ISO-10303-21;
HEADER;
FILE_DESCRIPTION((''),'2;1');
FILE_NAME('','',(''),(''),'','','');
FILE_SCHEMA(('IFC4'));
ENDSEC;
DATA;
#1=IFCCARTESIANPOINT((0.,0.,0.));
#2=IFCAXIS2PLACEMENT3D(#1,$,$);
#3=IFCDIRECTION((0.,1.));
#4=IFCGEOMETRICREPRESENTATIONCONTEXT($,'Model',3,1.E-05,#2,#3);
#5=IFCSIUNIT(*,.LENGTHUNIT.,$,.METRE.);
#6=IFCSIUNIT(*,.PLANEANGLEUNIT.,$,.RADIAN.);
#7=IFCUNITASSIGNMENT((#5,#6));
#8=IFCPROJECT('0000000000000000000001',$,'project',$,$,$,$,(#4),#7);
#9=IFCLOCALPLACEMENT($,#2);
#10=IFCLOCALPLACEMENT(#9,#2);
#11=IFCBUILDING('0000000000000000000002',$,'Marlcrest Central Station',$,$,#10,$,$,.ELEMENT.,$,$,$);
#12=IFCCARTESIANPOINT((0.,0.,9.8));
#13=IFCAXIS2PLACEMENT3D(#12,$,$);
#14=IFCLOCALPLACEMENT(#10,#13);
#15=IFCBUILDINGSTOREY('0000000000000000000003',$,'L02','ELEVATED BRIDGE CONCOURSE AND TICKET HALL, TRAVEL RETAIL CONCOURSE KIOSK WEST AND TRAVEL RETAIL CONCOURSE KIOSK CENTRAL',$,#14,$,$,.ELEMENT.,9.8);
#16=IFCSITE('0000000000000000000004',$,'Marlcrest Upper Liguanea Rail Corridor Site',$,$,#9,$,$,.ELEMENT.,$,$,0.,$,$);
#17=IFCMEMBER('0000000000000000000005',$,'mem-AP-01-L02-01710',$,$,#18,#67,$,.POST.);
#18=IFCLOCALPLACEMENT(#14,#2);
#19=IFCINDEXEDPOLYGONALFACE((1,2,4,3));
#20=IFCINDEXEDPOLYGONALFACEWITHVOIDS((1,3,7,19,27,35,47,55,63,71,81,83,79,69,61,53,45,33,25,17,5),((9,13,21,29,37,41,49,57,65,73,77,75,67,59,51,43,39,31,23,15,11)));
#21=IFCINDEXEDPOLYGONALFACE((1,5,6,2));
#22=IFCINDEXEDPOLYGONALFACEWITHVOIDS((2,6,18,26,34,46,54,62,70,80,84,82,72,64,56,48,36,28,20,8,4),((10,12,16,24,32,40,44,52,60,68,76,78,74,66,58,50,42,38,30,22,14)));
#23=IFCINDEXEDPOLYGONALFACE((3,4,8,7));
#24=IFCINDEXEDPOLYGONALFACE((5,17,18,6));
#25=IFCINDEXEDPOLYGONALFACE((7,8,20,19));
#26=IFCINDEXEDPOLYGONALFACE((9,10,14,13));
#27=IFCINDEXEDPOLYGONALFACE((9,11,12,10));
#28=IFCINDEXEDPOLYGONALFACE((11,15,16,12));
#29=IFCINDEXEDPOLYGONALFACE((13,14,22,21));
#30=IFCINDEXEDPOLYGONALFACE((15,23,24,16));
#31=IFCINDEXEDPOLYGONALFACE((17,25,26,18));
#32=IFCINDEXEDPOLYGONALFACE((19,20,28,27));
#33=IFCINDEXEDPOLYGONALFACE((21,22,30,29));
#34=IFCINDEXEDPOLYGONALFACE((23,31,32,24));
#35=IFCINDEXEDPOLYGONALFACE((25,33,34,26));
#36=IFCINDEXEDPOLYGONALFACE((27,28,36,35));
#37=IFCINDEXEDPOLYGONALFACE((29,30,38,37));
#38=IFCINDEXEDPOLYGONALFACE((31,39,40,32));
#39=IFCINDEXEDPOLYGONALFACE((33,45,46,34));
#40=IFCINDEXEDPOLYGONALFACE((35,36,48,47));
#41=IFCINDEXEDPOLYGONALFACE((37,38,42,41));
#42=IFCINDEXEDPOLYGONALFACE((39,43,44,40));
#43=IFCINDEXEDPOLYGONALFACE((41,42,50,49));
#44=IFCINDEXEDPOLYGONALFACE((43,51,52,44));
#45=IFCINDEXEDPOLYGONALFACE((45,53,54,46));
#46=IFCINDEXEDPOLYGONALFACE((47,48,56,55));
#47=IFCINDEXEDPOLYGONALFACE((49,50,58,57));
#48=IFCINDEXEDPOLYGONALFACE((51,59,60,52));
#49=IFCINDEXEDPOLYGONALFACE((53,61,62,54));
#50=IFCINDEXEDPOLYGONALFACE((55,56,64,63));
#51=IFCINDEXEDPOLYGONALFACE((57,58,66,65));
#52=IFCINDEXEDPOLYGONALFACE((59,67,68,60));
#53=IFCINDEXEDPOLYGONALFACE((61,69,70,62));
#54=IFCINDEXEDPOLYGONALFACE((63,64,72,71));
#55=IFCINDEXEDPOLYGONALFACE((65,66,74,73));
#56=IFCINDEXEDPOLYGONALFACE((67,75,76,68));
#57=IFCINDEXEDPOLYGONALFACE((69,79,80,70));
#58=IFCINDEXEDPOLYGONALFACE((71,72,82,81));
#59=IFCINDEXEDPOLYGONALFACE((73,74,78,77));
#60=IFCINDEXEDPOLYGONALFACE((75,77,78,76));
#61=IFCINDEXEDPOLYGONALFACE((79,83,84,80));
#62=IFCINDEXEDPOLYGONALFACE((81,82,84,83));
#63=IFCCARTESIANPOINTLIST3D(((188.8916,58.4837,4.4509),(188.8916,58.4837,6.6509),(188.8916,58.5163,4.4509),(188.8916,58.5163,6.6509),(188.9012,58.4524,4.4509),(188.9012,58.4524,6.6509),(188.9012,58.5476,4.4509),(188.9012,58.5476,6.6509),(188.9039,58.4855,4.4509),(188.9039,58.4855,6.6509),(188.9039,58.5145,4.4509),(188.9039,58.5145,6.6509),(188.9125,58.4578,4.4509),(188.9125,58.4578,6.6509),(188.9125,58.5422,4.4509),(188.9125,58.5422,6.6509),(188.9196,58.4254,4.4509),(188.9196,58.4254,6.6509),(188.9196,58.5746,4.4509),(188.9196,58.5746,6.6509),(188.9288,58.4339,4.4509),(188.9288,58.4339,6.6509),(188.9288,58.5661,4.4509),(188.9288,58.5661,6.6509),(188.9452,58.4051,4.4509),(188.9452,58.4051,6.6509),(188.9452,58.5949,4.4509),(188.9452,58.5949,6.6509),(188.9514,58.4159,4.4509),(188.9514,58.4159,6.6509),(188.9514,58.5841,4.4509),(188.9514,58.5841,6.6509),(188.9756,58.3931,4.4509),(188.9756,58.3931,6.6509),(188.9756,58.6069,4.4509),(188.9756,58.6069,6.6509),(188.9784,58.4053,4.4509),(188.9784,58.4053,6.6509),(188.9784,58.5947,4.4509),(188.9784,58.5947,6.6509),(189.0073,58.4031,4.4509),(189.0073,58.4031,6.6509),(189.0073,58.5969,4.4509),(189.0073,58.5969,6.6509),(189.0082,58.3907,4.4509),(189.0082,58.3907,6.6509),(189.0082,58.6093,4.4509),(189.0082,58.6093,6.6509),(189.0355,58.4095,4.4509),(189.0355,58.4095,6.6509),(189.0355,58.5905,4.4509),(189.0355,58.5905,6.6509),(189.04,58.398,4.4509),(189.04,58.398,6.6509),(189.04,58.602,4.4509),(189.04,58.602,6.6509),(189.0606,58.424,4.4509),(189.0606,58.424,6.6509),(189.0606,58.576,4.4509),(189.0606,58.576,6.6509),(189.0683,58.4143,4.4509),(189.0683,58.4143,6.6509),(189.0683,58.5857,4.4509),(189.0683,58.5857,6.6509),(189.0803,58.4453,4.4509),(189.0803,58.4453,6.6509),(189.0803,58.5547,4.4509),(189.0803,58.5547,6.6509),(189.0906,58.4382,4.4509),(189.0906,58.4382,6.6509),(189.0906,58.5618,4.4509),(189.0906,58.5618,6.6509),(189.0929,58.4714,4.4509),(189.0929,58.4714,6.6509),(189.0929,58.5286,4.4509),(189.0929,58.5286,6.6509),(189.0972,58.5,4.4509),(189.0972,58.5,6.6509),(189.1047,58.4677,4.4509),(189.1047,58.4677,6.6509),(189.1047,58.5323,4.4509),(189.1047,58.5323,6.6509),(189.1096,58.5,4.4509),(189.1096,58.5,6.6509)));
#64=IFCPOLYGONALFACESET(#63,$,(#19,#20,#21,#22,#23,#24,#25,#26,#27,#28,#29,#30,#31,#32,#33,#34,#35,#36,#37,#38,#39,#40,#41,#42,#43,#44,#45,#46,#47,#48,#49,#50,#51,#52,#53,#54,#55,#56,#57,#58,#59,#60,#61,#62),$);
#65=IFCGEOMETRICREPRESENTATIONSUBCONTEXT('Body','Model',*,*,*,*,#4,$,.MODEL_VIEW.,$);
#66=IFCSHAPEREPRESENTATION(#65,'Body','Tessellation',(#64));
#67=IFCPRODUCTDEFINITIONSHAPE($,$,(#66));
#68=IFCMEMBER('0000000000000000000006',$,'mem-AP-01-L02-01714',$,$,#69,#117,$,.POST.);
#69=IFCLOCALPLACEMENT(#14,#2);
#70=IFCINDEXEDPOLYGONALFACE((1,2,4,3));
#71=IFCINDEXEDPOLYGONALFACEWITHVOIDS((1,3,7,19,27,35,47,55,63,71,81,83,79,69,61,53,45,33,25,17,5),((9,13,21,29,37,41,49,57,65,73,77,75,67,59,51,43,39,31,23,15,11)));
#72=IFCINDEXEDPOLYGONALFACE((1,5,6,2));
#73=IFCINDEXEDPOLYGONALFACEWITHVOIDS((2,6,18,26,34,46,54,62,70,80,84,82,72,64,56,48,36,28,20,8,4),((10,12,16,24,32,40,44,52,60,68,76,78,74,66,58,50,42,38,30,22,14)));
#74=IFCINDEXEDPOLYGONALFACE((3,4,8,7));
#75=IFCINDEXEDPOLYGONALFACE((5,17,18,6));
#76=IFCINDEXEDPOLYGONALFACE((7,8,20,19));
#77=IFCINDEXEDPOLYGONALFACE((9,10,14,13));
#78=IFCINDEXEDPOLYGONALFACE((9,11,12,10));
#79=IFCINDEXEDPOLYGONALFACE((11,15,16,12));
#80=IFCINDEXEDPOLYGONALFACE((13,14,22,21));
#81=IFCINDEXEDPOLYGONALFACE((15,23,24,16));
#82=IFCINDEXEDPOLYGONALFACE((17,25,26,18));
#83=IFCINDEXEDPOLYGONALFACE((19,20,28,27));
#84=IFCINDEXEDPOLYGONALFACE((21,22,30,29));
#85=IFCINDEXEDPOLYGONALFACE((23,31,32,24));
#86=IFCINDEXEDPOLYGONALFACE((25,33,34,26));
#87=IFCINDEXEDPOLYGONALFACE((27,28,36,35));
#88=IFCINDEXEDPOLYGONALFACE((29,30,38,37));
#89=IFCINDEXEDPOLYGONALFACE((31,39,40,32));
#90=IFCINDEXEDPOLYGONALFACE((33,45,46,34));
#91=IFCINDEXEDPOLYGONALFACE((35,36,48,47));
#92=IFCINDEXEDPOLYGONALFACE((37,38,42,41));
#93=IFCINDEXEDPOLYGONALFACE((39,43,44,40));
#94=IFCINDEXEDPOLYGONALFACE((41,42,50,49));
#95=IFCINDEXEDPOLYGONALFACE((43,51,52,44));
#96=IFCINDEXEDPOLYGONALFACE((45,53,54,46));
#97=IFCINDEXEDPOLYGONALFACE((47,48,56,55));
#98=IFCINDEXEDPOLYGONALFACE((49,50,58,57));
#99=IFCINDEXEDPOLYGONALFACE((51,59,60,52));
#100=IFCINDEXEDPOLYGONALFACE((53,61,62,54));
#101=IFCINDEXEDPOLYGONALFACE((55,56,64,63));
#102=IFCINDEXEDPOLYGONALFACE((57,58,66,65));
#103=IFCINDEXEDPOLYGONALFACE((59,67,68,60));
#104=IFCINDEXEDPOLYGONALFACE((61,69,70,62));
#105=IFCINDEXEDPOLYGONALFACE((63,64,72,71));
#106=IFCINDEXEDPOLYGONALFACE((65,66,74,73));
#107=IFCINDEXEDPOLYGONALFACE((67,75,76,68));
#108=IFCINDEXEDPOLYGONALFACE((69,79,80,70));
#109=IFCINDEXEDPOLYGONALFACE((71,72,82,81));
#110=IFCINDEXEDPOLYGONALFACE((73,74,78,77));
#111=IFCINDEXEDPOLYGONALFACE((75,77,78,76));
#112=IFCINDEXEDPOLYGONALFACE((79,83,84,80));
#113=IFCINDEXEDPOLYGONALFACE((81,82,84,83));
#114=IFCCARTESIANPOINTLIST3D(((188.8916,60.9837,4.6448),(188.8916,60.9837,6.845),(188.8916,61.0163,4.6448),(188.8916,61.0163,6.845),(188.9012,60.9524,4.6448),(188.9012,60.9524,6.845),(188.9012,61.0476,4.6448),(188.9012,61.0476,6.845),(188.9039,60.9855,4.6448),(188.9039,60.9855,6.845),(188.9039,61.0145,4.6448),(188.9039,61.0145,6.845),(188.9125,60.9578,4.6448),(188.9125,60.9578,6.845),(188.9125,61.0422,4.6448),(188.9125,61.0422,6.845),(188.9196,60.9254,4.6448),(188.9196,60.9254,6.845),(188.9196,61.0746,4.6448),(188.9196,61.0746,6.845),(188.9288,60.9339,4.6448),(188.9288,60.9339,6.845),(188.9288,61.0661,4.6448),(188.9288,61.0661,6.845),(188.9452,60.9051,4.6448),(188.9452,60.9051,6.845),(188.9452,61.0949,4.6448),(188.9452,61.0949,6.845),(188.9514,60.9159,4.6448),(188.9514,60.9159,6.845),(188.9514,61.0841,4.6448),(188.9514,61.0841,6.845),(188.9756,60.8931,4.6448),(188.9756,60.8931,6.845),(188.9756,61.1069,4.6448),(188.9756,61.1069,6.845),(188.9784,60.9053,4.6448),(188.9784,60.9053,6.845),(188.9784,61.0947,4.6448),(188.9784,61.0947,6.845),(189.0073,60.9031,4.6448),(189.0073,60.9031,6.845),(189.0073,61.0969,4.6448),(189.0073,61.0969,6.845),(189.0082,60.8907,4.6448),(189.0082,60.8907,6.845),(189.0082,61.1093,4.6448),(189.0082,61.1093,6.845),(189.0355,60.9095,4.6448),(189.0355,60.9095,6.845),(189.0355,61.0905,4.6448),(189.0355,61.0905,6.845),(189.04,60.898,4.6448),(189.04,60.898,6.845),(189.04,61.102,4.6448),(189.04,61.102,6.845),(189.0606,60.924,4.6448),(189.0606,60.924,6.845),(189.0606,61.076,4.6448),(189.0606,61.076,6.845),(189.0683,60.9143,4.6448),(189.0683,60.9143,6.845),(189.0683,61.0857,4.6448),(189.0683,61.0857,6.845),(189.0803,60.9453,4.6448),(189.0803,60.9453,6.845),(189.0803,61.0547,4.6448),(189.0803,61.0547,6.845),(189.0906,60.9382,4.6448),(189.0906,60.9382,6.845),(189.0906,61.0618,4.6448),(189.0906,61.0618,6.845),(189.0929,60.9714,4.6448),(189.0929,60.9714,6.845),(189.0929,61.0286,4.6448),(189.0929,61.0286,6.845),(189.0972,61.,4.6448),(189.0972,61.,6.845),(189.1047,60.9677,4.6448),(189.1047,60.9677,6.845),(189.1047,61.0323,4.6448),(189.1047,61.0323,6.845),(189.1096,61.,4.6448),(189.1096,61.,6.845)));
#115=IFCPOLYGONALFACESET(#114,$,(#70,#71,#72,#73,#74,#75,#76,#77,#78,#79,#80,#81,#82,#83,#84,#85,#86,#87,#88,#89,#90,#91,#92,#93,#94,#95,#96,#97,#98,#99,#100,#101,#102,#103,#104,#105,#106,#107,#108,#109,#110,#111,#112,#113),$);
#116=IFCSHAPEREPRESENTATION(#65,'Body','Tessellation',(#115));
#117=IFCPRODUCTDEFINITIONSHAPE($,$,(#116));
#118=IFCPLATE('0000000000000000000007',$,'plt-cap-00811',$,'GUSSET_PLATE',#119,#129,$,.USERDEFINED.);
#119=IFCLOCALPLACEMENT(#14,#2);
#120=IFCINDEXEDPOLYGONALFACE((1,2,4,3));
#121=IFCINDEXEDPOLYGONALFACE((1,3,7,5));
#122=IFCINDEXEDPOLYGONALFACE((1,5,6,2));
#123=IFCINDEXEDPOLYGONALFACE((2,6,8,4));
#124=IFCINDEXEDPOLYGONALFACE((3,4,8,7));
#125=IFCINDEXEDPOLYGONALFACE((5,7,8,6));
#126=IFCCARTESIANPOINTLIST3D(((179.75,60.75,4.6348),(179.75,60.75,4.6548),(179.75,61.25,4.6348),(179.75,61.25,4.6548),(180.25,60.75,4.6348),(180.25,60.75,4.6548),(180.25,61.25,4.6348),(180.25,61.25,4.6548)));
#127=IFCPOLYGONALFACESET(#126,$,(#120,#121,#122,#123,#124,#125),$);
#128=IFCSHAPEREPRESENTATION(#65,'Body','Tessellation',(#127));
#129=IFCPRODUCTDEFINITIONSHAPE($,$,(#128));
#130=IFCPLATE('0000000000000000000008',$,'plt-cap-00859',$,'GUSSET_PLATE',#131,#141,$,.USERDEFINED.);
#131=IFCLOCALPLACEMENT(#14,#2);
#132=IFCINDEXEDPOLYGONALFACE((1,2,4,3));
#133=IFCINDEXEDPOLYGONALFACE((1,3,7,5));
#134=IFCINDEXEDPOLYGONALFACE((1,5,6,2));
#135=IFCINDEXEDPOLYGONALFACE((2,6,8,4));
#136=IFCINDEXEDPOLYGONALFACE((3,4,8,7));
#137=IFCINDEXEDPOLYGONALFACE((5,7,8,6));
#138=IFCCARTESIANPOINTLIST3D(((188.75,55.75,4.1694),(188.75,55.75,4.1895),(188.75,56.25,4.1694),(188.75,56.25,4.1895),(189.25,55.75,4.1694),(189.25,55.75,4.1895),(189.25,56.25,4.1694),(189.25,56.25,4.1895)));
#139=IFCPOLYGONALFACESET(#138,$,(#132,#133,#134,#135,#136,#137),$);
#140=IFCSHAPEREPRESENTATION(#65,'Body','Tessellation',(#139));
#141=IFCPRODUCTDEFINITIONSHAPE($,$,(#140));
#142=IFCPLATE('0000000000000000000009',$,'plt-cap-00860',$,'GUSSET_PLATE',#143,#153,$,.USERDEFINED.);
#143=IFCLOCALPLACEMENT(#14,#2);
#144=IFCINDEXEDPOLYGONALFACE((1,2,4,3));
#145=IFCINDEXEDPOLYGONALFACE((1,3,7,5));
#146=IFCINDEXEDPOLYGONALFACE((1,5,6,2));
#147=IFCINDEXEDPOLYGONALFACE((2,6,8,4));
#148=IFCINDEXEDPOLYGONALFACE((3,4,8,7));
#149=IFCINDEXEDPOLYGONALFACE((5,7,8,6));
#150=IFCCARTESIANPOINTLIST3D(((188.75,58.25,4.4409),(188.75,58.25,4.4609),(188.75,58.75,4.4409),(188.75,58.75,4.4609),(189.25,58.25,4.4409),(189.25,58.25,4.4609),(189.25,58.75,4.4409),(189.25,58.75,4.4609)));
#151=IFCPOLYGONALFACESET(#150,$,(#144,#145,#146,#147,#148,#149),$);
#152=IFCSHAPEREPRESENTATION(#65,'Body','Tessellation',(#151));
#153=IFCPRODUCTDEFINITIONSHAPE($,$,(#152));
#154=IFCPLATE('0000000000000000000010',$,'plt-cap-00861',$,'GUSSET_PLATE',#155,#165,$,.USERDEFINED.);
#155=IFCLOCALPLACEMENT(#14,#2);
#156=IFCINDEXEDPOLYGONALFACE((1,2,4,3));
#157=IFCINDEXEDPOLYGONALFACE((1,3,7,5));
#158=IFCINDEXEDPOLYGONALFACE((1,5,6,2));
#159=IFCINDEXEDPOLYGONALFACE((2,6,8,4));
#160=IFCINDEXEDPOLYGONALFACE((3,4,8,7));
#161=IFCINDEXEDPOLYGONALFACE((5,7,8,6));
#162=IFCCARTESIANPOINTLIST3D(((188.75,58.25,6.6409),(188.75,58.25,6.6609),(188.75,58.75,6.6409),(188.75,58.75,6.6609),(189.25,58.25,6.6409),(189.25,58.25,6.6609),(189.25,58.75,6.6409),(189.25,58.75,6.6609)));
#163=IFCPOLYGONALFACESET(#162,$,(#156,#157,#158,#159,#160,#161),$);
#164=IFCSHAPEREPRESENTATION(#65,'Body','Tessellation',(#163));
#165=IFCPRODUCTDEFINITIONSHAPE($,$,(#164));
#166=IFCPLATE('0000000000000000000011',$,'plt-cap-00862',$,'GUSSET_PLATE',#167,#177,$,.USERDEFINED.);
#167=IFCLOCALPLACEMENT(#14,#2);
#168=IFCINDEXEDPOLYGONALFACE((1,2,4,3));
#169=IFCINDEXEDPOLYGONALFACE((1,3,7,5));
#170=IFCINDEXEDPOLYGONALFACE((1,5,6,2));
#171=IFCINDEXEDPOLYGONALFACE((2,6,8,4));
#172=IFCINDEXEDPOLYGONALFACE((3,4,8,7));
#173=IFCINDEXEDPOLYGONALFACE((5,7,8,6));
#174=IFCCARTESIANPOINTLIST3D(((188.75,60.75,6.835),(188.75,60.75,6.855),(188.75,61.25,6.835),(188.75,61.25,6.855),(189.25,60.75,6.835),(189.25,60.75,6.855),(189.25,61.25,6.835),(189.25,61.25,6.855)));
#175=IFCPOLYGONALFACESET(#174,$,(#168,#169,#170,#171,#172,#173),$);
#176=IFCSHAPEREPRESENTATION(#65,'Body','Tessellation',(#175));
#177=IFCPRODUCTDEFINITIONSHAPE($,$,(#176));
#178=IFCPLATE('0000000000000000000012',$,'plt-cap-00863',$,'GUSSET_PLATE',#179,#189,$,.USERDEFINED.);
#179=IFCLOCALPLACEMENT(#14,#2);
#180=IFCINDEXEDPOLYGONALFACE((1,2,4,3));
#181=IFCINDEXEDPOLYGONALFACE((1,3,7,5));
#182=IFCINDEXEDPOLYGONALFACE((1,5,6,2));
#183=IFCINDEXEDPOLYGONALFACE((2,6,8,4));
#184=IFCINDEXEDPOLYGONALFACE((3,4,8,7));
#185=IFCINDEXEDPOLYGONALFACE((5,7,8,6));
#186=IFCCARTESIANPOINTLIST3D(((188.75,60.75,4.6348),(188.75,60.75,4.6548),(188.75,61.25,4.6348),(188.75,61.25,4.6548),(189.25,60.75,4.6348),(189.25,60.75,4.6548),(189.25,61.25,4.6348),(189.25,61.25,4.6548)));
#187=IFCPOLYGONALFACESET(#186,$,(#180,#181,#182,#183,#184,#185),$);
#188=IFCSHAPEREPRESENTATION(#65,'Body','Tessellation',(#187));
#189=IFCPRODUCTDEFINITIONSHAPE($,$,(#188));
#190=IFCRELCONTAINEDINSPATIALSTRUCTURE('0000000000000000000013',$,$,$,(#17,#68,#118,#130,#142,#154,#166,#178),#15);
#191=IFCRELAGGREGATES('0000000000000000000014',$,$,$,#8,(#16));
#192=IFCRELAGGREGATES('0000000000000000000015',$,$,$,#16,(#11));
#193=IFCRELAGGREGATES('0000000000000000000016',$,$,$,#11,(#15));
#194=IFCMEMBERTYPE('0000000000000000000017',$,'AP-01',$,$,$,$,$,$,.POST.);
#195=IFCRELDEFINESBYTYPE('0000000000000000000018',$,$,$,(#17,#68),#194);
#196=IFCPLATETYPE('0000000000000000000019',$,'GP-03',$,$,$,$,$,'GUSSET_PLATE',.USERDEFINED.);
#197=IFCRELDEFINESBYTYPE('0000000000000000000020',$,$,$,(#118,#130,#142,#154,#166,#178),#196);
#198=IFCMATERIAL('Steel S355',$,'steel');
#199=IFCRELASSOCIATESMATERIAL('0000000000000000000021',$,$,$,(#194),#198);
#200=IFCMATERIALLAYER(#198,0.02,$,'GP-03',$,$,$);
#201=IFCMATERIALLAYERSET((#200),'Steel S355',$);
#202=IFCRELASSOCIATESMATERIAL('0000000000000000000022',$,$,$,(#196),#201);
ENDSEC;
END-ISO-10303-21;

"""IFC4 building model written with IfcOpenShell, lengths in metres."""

from ifc_helpers import new_model, si_unit, direction, frame, origin, origin_2d, place, context, subcontext, project, spatial, rectangle, hollow_circle, extrude, material, layer, layer_set, material_profile, profile_set, type_object, element, save


model = new_model("IFC4")

# Units and contexts
model_context = context("Model", 3, precision=1e-05, world=origin(), true_north=direction((0.0, 1.0)))
body_context = subcontext(model_context, "Body", "Model", "MODEL_VIEW")
ifc_project = project(units=[si_unit("LENGTHUNIT", "METRE"), si_unit("PLANEANGLEUNIT", "RADIAN")], contexts=[model_context])

# Site, building, storey
site_placement = place(None, origin())
site = spatial("IfcSite", under=ifc_project, at=site_placement, Name="Marlcrest Upper Liguanea Rail Corridor Site", CompositionType="ELEMENT", RefElevation=0.0)
building_placement = place(site_placement, origin())
building = spatial("IfcBuilding", under=site, at=building_placement, Name="Marlcrest Central Station", CompositionType="ELEMENT")
storey_placement = place(building_placement, frame((0.0, 0.0, 9.8)))
storey = spatial("IfcBuildingStorey", under=building, at=storey_placement, Name="L02", Description="ELEVATED BRIDGE CONCOURSE AND TICKET HALL, TRAVEL RETAIL CONCOURSE KIOSK WEST AND TRAVEL RETAIL CONCOURSE KIOSK CENTRAL", CompositionType="ELEMENT", Elevation=9.8)

# Members
ifc_material = material(Name="Steel S355", Category="steel")
ifc_material_profile_1 = material_profile(ifc_material, hollow_circle(Radius=0.1096, WallThickness=0.0125, at=origin_2d()), Name="CHS 219.1x12.5")
ifc_profile_set_1 = profile_set([ifc_material_profile_1], Name="Steel S355")
member_type_1 = type_object("IfcMemberType", Name="AP-01", PredefinedType="POST", material=ifc_profile_set_1)
member_1_placement = place(storey_placement, frame((189.0, 58.5, 4.4509), z_axis=(0.0, 0.0, 1.0), x_axis=(1.0, 0.0, 0.0)))
element("IfcMember", 1, at=member_1_placement, inside=storey, type_object=member_type_1, Name="mem-AP-01-L02-01710", PredefinedType="POST", context=body_context, shape_type="SweptSolid", body=[
    extrude(hollow_circle(Radius=0.1096, WallThickness=0.0125, at=origin_2d()), origin(), (0.0, 0.0, 1.0), 2.2),
])
member_2_placement = place(storey_placement, frame((189.0, 61.0, 4.6448), z_axis=(0.0, 0.0, 1.0), x_axis=(1.0, 0.0, 0.0)))
element("IfcMember", 2, at=member_2_placement, inside=storey, type_object=member_type_1, Name="mem-AP-01-L02-01714", PredefinedType="POST", context=body_context, shape_type="SweptSolid", body=[
    extrude(hollow_circle(Radius=0.1096, WallThickness=0.0125, at=origin_2d()), origin(), (0.0, 0.0, 1.0), 2.2002),
])

# Plates
ifc_layer = layer(ifc_material, 0.02, Name="GP-03")
ifc_layer_set = layer_set([ifc_layer], Name="Steel S355")
plate_type = type_object("IfcPlateType", Name="GP-03", ElementType="GUSSET_PLATE", PredefinedType="USERDEFINED", material=ifc_layer_set)
for number, where, z_axis, x_axis, name in (
    (3, (180.0, 61.0, 4.6348), (0.0, 0.0, 1.0), (1.0, 0.0, 0.0), "plt-cap-00811"),
    (4, (189.0, 56.0, 4.1694), (0.0, 0.0, 1.0), (1.0, 0.0, 0.0), "plt-cap-00859"),
    (5, (189.0, 58.5, 4.4409), (0.0, 0.0, 1.0), (1.0, 0.0, 0.0), "plt-cap-00860"),
    (6, (189.0, 58.5, 6.6409), (0.0, 0.0, 1.0), (1.0, 0.0, 0.0), "plt-cap-00861"),
    (7, (189.0, 61.0, 6.835), (0.0, 0.0, 1.0), (1.0, 0.0, 0.0), "plt-cap-00862"),
    (8, (189.0, 61.0, 4.6348), (0.0, 0.0, 1.0), (1.0, 0.0, 0.0), "plt-cap-00863"),
):
    element("IfcPlate", number, at=place(storey_placement, frame(where, z_axis=z_axis, x_axis=x_axis)), inside=storey, type_object=plate_type, Name=name, ObjectType="GUSSET_PLATE", PredefinedType="USERDEFINED", context=body_context, shape_type="SweptSolid", body=[
        extrude(rectangle(XDim=0.5, YDim=0.5, at=origin_2d()), origin(), (0.0, 0.0, 1.0), 0.02),
    ])

save(model, "model.ifc")
